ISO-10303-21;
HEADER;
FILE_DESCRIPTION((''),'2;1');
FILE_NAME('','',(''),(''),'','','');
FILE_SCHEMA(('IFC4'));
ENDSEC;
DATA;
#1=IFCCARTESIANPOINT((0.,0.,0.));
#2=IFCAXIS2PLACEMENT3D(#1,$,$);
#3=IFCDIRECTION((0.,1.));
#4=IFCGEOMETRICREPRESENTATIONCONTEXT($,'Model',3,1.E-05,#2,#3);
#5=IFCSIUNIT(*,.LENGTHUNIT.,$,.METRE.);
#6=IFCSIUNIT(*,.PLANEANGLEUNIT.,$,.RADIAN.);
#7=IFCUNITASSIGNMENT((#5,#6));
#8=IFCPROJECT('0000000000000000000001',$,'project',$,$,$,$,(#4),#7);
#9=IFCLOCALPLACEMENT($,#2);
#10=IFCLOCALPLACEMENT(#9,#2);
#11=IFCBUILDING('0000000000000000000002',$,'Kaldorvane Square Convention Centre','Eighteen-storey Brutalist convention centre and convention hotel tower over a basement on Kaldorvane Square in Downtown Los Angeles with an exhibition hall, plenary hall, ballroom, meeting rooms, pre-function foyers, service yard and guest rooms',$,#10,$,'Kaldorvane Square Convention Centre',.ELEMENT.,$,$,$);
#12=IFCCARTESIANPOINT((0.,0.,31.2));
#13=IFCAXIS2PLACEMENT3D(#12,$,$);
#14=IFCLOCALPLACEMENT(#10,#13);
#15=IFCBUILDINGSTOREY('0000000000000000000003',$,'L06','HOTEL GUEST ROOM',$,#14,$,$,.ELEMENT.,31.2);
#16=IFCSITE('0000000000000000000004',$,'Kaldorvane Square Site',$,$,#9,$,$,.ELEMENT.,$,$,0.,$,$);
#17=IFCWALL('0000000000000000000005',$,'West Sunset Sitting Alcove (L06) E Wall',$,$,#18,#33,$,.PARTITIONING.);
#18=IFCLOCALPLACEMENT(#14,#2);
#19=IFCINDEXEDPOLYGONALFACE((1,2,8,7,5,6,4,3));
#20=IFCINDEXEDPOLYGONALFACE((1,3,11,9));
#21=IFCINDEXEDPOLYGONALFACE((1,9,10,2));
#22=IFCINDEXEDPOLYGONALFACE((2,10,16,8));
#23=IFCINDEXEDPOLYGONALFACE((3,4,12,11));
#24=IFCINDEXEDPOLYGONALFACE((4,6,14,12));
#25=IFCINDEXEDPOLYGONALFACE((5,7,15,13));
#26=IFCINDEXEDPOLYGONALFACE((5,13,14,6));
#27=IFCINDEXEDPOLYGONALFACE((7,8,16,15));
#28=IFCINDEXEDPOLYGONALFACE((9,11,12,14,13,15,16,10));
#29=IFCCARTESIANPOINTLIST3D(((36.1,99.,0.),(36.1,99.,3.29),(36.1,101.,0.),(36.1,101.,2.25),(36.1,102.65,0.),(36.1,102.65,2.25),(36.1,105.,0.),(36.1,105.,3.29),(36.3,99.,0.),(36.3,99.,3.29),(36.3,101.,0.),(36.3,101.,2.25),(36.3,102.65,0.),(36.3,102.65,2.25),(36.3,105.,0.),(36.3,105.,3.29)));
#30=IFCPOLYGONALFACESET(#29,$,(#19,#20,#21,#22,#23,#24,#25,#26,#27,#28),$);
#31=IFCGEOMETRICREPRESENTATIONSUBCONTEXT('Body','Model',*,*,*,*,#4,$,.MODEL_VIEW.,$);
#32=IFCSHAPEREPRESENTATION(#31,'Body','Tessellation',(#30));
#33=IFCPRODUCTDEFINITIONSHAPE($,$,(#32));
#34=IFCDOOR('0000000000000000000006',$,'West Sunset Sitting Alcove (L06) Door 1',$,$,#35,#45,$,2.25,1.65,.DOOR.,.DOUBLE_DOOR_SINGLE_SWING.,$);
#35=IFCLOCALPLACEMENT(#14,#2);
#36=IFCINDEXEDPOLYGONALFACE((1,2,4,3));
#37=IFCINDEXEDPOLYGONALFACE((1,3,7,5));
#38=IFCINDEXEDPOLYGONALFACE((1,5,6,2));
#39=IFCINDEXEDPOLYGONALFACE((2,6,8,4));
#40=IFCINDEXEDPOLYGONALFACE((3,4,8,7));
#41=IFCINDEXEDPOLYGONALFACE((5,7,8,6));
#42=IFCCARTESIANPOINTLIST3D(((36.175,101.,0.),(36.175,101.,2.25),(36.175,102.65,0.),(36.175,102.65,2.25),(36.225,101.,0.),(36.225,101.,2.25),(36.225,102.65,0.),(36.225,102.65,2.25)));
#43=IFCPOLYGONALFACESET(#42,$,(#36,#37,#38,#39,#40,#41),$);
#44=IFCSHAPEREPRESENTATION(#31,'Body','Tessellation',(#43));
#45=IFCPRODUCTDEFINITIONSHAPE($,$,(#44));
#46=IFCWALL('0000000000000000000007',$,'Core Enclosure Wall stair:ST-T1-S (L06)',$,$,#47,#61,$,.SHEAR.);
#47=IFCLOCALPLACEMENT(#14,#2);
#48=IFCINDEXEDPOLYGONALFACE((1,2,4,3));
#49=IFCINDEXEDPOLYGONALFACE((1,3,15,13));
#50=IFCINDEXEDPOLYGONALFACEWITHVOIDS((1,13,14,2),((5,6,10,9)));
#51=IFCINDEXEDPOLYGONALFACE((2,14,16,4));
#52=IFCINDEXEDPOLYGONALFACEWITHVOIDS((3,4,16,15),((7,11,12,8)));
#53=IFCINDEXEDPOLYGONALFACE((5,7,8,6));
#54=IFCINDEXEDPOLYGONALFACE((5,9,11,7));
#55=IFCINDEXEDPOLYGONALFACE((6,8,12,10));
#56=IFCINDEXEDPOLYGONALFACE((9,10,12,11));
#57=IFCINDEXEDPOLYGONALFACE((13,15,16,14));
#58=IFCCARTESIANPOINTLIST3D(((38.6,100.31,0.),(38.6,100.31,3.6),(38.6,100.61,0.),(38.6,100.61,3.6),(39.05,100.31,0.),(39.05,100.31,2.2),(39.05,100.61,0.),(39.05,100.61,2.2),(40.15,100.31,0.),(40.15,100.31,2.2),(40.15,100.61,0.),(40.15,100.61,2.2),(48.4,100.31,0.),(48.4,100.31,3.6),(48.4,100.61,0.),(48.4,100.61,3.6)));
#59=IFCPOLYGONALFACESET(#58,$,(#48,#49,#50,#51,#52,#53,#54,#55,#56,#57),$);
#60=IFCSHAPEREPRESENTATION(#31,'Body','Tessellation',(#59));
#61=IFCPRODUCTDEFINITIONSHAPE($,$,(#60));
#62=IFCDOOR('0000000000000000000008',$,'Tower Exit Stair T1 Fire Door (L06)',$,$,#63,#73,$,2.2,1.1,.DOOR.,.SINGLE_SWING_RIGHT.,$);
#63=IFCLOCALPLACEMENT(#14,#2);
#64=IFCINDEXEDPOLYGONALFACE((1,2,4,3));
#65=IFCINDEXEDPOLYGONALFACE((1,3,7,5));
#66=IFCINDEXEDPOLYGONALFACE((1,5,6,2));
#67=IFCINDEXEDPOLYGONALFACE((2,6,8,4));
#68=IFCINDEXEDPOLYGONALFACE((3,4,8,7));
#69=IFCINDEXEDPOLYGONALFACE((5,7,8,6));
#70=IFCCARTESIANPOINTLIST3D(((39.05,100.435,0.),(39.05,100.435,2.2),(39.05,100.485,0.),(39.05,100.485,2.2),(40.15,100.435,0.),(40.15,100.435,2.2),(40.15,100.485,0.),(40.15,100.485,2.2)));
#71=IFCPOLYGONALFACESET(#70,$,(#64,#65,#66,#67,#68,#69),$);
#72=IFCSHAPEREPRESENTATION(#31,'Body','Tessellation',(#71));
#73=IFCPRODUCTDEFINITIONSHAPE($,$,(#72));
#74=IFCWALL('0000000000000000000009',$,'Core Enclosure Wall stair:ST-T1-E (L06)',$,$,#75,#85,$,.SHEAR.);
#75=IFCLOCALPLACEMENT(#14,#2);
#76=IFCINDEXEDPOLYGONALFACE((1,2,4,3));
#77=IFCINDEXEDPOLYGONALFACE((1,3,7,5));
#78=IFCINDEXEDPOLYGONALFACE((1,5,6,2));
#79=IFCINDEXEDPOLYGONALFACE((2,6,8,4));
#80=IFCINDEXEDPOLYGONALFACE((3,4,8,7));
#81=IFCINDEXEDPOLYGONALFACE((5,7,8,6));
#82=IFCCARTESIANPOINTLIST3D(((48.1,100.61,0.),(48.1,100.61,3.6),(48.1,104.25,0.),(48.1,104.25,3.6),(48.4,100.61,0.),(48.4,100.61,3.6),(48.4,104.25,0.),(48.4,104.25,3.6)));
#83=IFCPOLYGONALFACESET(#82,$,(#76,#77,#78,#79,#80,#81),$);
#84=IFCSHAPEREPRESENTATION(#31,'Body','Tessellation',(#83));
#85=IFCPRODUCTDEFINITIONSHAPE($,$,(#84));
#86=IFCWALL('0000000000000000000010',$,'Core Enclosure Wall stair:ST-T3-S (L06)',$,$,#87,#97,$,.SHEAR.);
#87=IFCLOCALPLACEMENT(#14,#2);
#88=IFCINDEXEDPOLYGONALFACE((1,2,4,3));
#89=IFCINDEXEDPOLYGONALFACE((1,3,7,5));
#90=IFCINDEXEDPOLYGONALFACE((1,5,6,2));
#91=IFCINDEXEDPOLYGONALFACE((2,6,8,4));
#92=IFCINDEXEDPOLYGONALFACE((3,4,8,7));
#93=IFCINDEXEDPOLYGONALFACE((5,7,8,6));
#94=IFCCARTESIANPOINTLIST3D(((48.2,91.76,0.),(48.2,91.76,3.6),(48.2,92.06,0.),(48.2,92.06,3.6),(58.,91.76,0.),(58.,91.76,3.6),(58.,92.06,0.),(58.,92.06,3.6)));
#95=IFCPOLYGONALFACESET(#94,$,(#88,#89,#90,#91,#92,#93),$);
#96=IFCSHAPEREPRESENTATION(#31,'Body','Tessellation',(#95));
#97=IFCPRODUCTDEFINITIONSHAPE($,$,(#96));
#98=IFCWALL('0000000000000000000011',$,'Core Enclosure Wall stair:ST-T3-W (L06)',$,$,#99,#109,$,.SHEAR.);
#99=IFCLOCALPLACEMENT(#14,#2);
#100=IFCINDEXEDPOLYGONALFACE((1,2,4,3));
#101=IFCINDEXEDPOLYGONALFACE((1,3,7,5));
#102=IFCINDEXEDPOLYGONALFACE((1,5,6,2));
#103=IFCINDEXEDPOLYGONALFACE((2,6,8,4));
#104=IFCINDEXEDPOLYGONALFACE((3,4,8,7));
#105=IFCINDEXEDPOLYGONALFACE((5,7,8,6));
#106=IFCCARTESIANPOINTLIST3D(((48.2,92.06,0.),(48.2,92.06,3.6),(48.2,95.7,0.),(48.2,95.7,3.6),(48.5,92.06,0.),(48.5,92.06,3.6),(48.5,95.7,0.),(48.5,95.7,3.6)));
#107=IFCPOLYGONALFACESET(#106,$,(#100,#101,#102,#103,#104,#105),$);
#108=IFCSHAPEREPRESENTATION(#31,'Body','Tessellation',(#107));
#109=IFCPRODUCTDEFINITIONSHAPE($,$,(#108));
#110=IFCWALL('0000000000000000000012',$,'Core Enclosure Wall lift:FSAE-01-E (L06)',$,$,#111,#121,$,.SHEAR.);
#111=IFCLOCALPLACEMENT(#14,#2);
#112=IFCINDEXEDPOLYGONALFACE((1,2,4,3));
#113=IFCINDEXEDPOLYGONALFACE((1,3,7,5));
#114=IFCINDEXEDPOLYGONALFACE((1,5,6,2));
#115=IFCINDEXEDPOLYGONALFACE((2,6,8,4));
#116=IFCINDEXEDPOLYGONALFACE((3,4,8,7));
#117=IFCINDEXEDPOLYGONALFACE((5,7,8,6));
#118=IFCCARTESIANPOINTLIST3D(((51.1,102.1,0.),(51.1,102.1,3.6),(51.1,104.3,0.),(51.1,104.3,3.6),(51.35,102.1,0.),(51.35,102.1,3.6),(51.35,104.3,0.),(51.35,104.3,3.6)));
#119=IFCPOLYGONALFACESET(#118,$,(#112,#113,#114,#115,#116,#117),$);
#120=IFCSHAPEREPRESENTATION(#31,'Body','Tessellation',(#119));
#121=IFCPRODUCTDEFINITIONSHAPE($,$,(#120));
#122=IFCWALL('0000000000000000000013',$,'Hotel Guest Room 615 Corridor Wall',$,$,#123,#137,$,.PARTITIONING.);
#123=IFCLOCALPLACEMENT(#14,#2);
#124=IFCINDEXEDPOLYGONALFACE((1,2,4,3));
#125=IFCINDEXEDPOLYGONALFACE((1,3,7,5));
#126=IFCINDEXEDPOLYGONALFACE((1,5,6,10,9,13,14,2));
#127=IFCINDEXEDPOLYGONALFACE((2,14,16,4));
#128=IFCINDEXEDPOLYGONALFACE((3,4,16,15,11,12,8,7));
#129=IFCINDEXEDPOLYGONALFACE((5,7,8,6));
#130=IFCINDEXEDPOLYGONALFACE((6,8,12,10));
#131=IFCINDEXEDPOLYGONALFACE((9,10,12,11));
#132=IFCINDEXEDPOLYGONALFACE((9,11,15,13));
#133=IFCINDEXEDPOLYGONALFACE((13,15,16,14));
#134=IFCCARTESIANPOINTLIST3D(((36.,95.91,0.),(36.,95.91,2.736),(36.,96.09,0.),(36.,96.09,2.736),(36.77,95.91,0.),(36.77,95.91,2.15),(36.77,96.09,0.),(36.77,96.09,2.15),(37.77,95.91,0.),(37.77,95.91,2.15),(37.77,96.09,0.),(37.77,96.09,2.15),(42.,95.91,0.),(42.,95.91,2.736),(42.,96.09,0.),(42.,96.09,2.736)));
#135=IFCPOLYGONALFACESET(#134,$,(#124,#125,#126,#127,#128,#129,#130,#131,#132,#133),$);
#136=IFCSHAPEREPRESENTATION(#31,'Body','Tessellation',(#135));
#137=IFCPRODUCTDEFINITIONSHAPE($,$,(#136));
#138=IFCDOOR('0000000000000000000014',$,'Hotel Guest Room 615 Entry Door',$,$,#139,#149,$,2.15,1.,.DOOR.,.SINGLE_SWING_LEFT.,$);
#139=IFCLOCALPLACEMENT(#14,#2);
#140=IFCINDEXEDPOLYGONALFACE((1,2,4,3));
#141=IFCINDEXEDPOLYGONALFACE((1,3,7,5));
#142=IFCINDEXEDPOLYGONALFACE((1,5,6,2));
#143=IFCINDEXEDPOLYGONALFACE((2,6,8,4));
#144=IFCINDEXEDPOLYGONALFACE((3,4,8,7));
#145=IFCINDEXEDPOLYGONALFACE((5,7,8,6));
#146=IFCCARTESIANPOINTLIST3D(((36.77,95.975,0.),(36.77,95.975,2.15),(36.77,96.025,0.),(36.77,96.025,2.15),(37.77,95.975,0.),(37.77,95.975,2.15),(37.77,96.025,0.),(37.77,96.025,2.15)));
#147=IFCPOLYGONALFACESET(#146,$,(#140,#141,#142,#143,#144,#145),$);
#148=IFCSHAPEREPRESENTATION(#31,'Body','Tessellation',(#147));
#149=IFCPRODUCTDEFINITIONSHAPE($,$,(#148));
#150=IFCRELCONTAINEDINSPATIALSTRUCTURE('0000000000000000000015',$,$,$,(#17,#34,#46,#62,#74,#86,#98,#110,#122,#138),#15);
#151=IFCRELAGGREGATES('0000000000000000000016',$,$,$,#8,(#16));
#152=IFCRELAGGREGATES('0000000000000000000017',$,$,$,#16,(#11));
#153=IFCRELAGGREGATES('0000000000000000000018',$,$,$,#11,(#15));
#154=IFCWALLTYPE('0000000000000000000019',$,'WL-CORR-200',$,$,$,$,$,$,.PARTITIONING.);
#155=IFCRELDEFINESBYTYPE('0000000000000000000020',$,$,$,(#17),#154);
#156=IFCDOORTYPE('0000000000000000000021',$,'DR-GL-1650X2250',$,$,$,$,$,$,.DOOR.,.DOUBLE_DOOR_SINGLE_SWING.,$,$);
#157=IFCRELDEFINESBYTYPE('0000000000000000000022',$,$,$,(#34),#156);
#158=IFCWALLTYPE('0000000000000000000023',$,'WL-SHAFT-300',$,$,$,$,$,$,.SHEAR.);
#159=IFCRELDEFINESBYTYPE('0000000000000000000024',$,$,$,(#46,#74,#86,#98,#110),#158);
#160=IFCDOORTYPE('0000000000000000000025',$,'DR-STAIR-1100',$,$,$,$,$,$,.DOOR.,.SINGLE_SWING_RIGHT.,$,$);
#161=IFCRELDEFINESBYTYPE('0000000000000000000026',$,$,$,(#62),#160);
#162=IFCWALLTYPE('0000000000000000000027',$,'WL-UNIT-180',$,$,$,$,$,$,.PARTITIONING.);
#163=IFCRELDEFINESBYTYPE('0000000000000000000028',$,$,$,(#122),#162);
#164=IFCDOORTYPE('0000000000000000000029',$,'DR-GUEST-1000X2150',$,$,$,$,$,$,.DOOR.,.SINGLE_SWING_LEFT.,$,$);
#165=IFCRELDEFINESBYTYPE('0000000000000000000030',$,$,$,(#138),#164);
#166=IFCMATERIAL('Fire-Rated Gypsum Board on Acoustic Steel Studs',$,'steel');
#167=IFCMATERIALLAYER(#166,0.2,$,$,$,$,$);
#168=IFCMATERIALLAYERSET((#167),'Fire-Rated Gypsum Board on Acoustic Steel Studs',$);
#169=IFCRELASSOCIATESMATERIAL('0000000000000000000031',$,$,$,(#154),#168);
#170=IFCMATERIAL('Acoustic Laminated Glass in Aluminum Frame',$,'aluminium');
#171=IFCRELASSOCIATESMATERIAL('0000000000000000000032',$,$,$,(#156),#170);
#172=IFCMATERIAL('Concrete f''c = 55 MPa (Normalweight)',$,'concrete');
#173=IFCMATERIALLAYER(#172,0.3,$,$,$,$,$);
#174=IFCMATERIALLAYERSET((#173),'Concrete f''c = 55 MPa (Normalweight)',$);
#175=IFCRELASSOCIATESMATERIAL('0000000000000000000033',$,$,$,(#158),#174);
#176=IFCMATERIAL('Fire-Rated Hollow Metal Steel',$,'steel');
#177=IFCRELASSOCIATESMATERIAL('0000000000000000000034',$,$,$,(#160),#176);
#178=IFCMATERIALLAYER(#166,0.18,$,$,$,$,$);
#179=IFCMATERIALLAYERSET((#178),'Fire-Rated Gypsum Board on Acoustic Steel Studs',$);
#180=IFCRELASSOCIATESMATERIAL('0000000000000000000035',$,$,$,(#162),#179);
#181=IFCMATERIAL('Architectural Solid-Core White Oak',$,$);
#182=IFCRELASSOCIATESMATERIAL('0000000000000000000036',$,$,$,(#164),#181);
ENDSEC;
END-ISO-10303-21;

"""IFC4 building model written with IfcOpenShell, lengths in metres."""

from ifc_helpers import new_model, si_unit, direction, frame, frame_2d, origin, place, context, subcontext, project, spatial, rectangle, extrude, material, layer, layer_set, type_object, element, fill, save


model = new_model("IFC4")

# Units and contexts
model_context = context("Model", 3, precision=1e-05, world=origin(), true_north=direction((0.0, 1.0)))
body_context = subcontext(model_context, "Body", "Model", "MODEL_VIEW")
ifc_project = project(units=[si_unit("LENGTHUNIT", "METRE"), si_unit("PLANEANGLEUNIT", "RADIAN")], contexts=[model_context])

# Site, building, storey
site_placement = place(None, origin())
site = spatial("IfcSite", under=ifc_project, at=site_placement, Name="Kaldorvane Square Site", CompositionType="ELEMENT", RefElevation=0.0)
building_placement = place(site_placement, origin())
building = spatial("IfcBuilding", under=site, at=building_placement, Name="Kaldorvane Square Convention Centre", Description="Eighteen-storey Brutalist convention centre and convention hotel tower over a basement on Kaldorvane Square in Downtown Los Angeles with an exhibition hall, plenary hall, ballroom, meeting rooms, pre-function foyers, service yard and guest rooms", LongName="Kaldorvane Square Convention Centre", CompositionType="ELEMENT")
storey_placement = place(building_placement, frame((0.0, 0.0, 31.2)))
storey = spatial("IfcBuildingStorey", under=building, at=storey_placement, Name="L06", Description="HOTEL GUEST ROOM", CompositionType="ELEMENT", Elevation=31.2)

# Shared definitions
ifc_material_1 = material(Name="Fire-Rated Gypsum Board on Acoustic Steel Studs", Category="steel")
ifc_material_2 = material(Name="Architectural Solid-Core White Oak")

# Walls, openings, doors
ifc_layer_1 = layer(ifc_material_1, 0.2)
ifc_layer_set_1 = layer_set([ifc_layer_1], Name="Fire-Rated Gypsum Board on Acoustic Steel Studs")
wall_type_1 = type_object("IfcWallType", Name="WL-CORR-200", PredefinedType="PARTITIONING", material=ifc_layer_set_1)
ifc_material_3 = material(Name="Acoustic Laminated Glass in Aluminum Frame", Category="aluminium")
wall_1_placement = place(storey_placement, frame((36.2, 99.0, 0.0), z_axis=(0.0, 0.0, 1.0), x_axis=(0.0, 1.0, 0.0)))
wall_1 = element("IfcWall", 1, at=wall_1_placement, inside=storey, type_object=wall_type_1, Name="West Sunset Sitting Alcove (L06) E Wall", PredefinedType="PARTITIONING", context=body_context, shape_type="SweptSolid", body=[
    extrude(rectangle(XDim=6.0, YDim=0.2, at=frame_2d((3.0, 0.0))), origin(), (0.0, 0.0, 1.0), 3.29),
])
opening_1_placement = place(wall_1_placement, frame((2.0, 0.0, 0.0)))
opening_1 = element("IfcOpeningElement", 2, at=opening_1_placement, cuts=wall_1, PredefinedType="OPENING", context=body_context, shape_type="SweptSolid", body=[
    extrude(rectangle(XDim=1.65, YDim=2.25, at=frame_2d((0.825, 1.125))), frame((0.0, 0.115, 0.0), z_axis=(0.0, -1.0, 0.0), x_axis=(1.0, 0.0, 0.0)), (0.0, 0.0, 1.0), 0.23),
])
door_type_1 = type_object("IfcDoorType", Name="DR-GL-1650X2250", OperationType="DOUBLE_DOOR_SINGLE_SWING", PredefinedType="DOOR", material=ifc_material_3)
door_1_placement = place(opening_1_placement, origin())
door_1 = element("IfcDoor", 3, at=door_1_placement, inside=storey, type_object=door_type_1, Name="West Sunset Sitting Alcove (L06) Door 1", OperationType="DOUBLE_DOOR_SINGLE_SWING", OverallHeight=2.25, OverallWidth=1.65, PredefinedType="DOOR", context=body_context, shape_type="SweptSolid", body=[
    extrude(rectangle(XDim=1.65, YDim=2.25, at=frame_2d((0.825, 1.125))), frame((0.0, 0.025, 0.0), z_axis=(0.0, -1.0, 0.0), x_axis=(1.0, 0.0, 0.0)), (0.0, 0.0, 1.0), 0.05),
])
fill(opening_1, door_1)
ifc_material_4 = material(Name="Concrete f'c = 55 MPa (Normalweight)", Category="concrete")
ifc_layer_2 = layer(ifc_material_4, 0.3)
ifc_layer_set_2 = layer_set([ifc_layer_2], Name="Concrete f'c = 55 MPa (Normalweight)")
wall_type_2 = type_object("IfcWallType", Name="WL-SHAFT-300", PredefinedType="SHEAR", material=ifc_layer_set_2)
wall_2_placement = place(storey_placement, frame((38.6, 100.46, 0.0), z_axis=(0.0, 0.0, 1.0), x_axis=(1.0, 0.0, 0.0)))
wall_2 = element("IfcWall", 4, at=wall_2_placement, inside=storey, type_object=wall_type_2, Name="Core Enclosure Wall stair:ST-T1-S (L06)", PredefinedType="SHEAR", context=body_context, shape_type="SweptSolid", body=[
    extrude(rectangle(XDim=9.8, YDim=0.3, at=frame_2d((4.9, 0.0))), origin(), (0.0, 0.0, 1.0), 3.6),
])
opening_2_placement = place(wall_2_placement, frame((0.45, 0.0, 0.0)))
opening_2 = element("IfcOpeningElement", 5, at=opening_2_placement, cuts=wall_2, PredefinedType="OPENING", context=body_context, shape_type="SweptSolid", body=[
    extrude(rectangle(XDim=1.1, YDim=2.2, at=frame_2d((0.55, 1.1))), frame((0.0, 0.165, 0.0), z_axis=(0.0, -1.0, 0.0), x_axis=(1.0, 0.0, 0.0)), (0.0, 0.0, 1.0), 0.33),
])
ifc_material_5 = material(Name="Fire-Rated Hollow Metal Steel", Category="steel")
door_type_2 = type_object("IfcDoorType", Name="DR-STAIR-1100", OperationType="SINGLE_SWING_RIGHT", PredefinedType="DOOR", material=ifc_material_5)
door_2_placement = place(opening_2_placement, origin())
door_2 = element("IfcDoor", 6, at=door_2_placement, inside=storey, type_object=door_type_2, Name="Tower Exit Stair T1 Fire Door (L06)", OperationType="SINGLE_SWING_RIGHT", OverallHeight=2.2, OverallWidth=1.1, PredefinedType="DOOR", context=body_context, shape_type="SweptSolid", body=[
    extrude(rectangle(XDim=1.1, YDim=2.2, at=frame_2d((0.55, 1.1))), frame((0.0, 0.025, 0.0), z_axis=(0.0, -1.0, 0.0), x_axis=(1.0, 0.0, 0.0)), (0.0, 0.0, 1.0), 0.05),
])
fill(opening_2, door_2)

# Walls
wall_3_placement = place(storey_placement, frame((48.25, 100.61, 0.0), z_axis=(0.0, 0.0, 1.0), x_axis=(0.0, 1.0, 0.0)))
element("IfcWall", 7, at=wall_3_placement, inside=storey, type_object=wall_type_2, Name="Core Enclosure Wall stair:ST-T1-E (L06)", PredefinedType="SHEAR", context=body_context, shape_type="SweptSolid", body=[
    extrude(rectangle(XDim=3.64, YDim=0.3, at=frame_2d((1.82, 0.0))), origin(), (0.0, 0.0, 1.0), 3.6),
])
wall_4_placement = place(storey_placement, frame((48.2, 91.91, 0.0), z_axis=(0.0, 0.0, 1.0), x_axis=(1.0, 0.0, 0.0)))
element("IfcWall", 8, at=wall_4_placement, inside=storey, type_object=wall_type_2, Name="Core Enclosure Wall stair:ST-T3-S (L06)", PredefinedType="SHEAR", context=body_context, shape_type="SweptSolid", body=[
    extrude(rectangle(XDim=9.8, YDim=0.3, at=frame_2d((4.9, 0.0))), origin(), (0.0, 0.0, 1.0), 3.6),
])
wall_5_placement = place(storey_placement, frame((48.35, 95.7, 0.0), z_axis=(0.0, 0.0, 1.0), x_axis=(0.0, -1.0, 0.0)))
element("IfcWall", 9, at=wall_5_placement, inside=storey, type_object=wall_type_2, Name="Core Enclosure Wall stair:ST-T3-W (L06)", PredefinedType="SHEAR", context=body_context, shape_type="SweptSolid", body=[
    extrude(rectangle(XDim=3.64, YDim=0.3, at=frame_2d((1.82, 0.0))), origin(), (0.0, 0.0, 1.0), 3.6),
])

# Wall
wall_6_placement = place(storey_placement, frame((51.225, 102.1, 0.0), z_axis=(0.0, 0.0, 1.0), x_axis=(0.0, 1.0, 0.0)))
element("IfcWall", 10, at=wall_6_placement, inside=storey, type_object=wall_type_2, Name="Core Enclosure Wall lift:FSAE-01-E (L06)", PredefinedType="SHEAR", context=body_context, shape_type="SweptSolid", body=[
    extrude(rectangle(XDim=2.2, YDim=0.25, at=frame_2d((1.1, 0.0))), origin(), (0.0, 0.0, 1.0), 3.6),
])

# Wall, opening, door
ifc_layer_3 = layer(ifc_material_1, 0.18)
ifc_layer_set_3 = layer_set([ifc_layer_3], Name="Fire-Rated Gypsum Board on Acoustic Steel Studs")
wall_type_3 = type_object("IfcWallType", Name="WL-UNIT-180", PredefinedType="PARTITIONING", material=ifc_layer_set_3)
wall_7_placement = place(storey_placement, frame((36.0, 96.0, 0.0), z_axis=(0.0, 0.0, 1.0), x_axis=(1.0, 0.0, 0.0)))
wall_7 = element("IfcWall", 11, at=wall_7_placement, inside=storey, type_object=wall_type_3, Name="Hotel Guest Room 615 Corridor Wall", PredefinedType="PARTITIONING", context=body_context, shape_type="SweptSolid", body=[
    extrude(rectangle(XDim=6.0, YDim=0.18, at=frame_2d((3.0, 0.0))), origin(), (0.0, 0.0, 1.0), 2.736),
])
opening_3_placement = place(wall_7_placement, frame((0.77, 0.0, 0.0)))
opening_3 = element("IfcOpeningElement", 12, at=opening_3_placement, cuts=wall_7, PredefinedType="OPENING", context=body_context, shape_type="SweptSolid", body=[
    extrude(rectangle(XDim=1.0, YDim=2.15, at=frame_2d((0.5, 1.075))), frame((0.0, 0.105, 0.0), z_axis=(0.0, -1.0, 0.0), x_axis=(1.0, 0.0, 0.0)), (0.0, 0.0, 1.0), 0.21),
])
door_type_3 = type_object("IfcDoorType", Name="DR-GUEST-1000X2150", OperationType="SINGLE_SWING_LEFT", PredefinedType="DOOR", material=ifc_material_2)
door_3_placement = place(opening_3_placement, origin())
door_3 = element("IfcDoor", 13, at=door_3_placement, inside=storey, type_object=door_type_3, Name="Hotel Guest Room 615 Entry Door", OperationType="SINGLE_SWING_LEFT", OverallHeight=2.15, OverallWidth=1.0, PredefinedType="DOOR", context=body_context, shape_type="SweptSolid", body=[
    extrude(rectangle(XDim=1.0, YDim=2.15, at=frame_2d((0.5, 1.075))), frame((0.0, 0.025, 0.0), z_axis=(0.0, -1.0, 0.0), x_axis=(1.0, 0.0, 0.0)), (0.0, 0.0, 1.0), 0.05),
])
fill(opening_3, door_3)

save(model, "model.ifc")
